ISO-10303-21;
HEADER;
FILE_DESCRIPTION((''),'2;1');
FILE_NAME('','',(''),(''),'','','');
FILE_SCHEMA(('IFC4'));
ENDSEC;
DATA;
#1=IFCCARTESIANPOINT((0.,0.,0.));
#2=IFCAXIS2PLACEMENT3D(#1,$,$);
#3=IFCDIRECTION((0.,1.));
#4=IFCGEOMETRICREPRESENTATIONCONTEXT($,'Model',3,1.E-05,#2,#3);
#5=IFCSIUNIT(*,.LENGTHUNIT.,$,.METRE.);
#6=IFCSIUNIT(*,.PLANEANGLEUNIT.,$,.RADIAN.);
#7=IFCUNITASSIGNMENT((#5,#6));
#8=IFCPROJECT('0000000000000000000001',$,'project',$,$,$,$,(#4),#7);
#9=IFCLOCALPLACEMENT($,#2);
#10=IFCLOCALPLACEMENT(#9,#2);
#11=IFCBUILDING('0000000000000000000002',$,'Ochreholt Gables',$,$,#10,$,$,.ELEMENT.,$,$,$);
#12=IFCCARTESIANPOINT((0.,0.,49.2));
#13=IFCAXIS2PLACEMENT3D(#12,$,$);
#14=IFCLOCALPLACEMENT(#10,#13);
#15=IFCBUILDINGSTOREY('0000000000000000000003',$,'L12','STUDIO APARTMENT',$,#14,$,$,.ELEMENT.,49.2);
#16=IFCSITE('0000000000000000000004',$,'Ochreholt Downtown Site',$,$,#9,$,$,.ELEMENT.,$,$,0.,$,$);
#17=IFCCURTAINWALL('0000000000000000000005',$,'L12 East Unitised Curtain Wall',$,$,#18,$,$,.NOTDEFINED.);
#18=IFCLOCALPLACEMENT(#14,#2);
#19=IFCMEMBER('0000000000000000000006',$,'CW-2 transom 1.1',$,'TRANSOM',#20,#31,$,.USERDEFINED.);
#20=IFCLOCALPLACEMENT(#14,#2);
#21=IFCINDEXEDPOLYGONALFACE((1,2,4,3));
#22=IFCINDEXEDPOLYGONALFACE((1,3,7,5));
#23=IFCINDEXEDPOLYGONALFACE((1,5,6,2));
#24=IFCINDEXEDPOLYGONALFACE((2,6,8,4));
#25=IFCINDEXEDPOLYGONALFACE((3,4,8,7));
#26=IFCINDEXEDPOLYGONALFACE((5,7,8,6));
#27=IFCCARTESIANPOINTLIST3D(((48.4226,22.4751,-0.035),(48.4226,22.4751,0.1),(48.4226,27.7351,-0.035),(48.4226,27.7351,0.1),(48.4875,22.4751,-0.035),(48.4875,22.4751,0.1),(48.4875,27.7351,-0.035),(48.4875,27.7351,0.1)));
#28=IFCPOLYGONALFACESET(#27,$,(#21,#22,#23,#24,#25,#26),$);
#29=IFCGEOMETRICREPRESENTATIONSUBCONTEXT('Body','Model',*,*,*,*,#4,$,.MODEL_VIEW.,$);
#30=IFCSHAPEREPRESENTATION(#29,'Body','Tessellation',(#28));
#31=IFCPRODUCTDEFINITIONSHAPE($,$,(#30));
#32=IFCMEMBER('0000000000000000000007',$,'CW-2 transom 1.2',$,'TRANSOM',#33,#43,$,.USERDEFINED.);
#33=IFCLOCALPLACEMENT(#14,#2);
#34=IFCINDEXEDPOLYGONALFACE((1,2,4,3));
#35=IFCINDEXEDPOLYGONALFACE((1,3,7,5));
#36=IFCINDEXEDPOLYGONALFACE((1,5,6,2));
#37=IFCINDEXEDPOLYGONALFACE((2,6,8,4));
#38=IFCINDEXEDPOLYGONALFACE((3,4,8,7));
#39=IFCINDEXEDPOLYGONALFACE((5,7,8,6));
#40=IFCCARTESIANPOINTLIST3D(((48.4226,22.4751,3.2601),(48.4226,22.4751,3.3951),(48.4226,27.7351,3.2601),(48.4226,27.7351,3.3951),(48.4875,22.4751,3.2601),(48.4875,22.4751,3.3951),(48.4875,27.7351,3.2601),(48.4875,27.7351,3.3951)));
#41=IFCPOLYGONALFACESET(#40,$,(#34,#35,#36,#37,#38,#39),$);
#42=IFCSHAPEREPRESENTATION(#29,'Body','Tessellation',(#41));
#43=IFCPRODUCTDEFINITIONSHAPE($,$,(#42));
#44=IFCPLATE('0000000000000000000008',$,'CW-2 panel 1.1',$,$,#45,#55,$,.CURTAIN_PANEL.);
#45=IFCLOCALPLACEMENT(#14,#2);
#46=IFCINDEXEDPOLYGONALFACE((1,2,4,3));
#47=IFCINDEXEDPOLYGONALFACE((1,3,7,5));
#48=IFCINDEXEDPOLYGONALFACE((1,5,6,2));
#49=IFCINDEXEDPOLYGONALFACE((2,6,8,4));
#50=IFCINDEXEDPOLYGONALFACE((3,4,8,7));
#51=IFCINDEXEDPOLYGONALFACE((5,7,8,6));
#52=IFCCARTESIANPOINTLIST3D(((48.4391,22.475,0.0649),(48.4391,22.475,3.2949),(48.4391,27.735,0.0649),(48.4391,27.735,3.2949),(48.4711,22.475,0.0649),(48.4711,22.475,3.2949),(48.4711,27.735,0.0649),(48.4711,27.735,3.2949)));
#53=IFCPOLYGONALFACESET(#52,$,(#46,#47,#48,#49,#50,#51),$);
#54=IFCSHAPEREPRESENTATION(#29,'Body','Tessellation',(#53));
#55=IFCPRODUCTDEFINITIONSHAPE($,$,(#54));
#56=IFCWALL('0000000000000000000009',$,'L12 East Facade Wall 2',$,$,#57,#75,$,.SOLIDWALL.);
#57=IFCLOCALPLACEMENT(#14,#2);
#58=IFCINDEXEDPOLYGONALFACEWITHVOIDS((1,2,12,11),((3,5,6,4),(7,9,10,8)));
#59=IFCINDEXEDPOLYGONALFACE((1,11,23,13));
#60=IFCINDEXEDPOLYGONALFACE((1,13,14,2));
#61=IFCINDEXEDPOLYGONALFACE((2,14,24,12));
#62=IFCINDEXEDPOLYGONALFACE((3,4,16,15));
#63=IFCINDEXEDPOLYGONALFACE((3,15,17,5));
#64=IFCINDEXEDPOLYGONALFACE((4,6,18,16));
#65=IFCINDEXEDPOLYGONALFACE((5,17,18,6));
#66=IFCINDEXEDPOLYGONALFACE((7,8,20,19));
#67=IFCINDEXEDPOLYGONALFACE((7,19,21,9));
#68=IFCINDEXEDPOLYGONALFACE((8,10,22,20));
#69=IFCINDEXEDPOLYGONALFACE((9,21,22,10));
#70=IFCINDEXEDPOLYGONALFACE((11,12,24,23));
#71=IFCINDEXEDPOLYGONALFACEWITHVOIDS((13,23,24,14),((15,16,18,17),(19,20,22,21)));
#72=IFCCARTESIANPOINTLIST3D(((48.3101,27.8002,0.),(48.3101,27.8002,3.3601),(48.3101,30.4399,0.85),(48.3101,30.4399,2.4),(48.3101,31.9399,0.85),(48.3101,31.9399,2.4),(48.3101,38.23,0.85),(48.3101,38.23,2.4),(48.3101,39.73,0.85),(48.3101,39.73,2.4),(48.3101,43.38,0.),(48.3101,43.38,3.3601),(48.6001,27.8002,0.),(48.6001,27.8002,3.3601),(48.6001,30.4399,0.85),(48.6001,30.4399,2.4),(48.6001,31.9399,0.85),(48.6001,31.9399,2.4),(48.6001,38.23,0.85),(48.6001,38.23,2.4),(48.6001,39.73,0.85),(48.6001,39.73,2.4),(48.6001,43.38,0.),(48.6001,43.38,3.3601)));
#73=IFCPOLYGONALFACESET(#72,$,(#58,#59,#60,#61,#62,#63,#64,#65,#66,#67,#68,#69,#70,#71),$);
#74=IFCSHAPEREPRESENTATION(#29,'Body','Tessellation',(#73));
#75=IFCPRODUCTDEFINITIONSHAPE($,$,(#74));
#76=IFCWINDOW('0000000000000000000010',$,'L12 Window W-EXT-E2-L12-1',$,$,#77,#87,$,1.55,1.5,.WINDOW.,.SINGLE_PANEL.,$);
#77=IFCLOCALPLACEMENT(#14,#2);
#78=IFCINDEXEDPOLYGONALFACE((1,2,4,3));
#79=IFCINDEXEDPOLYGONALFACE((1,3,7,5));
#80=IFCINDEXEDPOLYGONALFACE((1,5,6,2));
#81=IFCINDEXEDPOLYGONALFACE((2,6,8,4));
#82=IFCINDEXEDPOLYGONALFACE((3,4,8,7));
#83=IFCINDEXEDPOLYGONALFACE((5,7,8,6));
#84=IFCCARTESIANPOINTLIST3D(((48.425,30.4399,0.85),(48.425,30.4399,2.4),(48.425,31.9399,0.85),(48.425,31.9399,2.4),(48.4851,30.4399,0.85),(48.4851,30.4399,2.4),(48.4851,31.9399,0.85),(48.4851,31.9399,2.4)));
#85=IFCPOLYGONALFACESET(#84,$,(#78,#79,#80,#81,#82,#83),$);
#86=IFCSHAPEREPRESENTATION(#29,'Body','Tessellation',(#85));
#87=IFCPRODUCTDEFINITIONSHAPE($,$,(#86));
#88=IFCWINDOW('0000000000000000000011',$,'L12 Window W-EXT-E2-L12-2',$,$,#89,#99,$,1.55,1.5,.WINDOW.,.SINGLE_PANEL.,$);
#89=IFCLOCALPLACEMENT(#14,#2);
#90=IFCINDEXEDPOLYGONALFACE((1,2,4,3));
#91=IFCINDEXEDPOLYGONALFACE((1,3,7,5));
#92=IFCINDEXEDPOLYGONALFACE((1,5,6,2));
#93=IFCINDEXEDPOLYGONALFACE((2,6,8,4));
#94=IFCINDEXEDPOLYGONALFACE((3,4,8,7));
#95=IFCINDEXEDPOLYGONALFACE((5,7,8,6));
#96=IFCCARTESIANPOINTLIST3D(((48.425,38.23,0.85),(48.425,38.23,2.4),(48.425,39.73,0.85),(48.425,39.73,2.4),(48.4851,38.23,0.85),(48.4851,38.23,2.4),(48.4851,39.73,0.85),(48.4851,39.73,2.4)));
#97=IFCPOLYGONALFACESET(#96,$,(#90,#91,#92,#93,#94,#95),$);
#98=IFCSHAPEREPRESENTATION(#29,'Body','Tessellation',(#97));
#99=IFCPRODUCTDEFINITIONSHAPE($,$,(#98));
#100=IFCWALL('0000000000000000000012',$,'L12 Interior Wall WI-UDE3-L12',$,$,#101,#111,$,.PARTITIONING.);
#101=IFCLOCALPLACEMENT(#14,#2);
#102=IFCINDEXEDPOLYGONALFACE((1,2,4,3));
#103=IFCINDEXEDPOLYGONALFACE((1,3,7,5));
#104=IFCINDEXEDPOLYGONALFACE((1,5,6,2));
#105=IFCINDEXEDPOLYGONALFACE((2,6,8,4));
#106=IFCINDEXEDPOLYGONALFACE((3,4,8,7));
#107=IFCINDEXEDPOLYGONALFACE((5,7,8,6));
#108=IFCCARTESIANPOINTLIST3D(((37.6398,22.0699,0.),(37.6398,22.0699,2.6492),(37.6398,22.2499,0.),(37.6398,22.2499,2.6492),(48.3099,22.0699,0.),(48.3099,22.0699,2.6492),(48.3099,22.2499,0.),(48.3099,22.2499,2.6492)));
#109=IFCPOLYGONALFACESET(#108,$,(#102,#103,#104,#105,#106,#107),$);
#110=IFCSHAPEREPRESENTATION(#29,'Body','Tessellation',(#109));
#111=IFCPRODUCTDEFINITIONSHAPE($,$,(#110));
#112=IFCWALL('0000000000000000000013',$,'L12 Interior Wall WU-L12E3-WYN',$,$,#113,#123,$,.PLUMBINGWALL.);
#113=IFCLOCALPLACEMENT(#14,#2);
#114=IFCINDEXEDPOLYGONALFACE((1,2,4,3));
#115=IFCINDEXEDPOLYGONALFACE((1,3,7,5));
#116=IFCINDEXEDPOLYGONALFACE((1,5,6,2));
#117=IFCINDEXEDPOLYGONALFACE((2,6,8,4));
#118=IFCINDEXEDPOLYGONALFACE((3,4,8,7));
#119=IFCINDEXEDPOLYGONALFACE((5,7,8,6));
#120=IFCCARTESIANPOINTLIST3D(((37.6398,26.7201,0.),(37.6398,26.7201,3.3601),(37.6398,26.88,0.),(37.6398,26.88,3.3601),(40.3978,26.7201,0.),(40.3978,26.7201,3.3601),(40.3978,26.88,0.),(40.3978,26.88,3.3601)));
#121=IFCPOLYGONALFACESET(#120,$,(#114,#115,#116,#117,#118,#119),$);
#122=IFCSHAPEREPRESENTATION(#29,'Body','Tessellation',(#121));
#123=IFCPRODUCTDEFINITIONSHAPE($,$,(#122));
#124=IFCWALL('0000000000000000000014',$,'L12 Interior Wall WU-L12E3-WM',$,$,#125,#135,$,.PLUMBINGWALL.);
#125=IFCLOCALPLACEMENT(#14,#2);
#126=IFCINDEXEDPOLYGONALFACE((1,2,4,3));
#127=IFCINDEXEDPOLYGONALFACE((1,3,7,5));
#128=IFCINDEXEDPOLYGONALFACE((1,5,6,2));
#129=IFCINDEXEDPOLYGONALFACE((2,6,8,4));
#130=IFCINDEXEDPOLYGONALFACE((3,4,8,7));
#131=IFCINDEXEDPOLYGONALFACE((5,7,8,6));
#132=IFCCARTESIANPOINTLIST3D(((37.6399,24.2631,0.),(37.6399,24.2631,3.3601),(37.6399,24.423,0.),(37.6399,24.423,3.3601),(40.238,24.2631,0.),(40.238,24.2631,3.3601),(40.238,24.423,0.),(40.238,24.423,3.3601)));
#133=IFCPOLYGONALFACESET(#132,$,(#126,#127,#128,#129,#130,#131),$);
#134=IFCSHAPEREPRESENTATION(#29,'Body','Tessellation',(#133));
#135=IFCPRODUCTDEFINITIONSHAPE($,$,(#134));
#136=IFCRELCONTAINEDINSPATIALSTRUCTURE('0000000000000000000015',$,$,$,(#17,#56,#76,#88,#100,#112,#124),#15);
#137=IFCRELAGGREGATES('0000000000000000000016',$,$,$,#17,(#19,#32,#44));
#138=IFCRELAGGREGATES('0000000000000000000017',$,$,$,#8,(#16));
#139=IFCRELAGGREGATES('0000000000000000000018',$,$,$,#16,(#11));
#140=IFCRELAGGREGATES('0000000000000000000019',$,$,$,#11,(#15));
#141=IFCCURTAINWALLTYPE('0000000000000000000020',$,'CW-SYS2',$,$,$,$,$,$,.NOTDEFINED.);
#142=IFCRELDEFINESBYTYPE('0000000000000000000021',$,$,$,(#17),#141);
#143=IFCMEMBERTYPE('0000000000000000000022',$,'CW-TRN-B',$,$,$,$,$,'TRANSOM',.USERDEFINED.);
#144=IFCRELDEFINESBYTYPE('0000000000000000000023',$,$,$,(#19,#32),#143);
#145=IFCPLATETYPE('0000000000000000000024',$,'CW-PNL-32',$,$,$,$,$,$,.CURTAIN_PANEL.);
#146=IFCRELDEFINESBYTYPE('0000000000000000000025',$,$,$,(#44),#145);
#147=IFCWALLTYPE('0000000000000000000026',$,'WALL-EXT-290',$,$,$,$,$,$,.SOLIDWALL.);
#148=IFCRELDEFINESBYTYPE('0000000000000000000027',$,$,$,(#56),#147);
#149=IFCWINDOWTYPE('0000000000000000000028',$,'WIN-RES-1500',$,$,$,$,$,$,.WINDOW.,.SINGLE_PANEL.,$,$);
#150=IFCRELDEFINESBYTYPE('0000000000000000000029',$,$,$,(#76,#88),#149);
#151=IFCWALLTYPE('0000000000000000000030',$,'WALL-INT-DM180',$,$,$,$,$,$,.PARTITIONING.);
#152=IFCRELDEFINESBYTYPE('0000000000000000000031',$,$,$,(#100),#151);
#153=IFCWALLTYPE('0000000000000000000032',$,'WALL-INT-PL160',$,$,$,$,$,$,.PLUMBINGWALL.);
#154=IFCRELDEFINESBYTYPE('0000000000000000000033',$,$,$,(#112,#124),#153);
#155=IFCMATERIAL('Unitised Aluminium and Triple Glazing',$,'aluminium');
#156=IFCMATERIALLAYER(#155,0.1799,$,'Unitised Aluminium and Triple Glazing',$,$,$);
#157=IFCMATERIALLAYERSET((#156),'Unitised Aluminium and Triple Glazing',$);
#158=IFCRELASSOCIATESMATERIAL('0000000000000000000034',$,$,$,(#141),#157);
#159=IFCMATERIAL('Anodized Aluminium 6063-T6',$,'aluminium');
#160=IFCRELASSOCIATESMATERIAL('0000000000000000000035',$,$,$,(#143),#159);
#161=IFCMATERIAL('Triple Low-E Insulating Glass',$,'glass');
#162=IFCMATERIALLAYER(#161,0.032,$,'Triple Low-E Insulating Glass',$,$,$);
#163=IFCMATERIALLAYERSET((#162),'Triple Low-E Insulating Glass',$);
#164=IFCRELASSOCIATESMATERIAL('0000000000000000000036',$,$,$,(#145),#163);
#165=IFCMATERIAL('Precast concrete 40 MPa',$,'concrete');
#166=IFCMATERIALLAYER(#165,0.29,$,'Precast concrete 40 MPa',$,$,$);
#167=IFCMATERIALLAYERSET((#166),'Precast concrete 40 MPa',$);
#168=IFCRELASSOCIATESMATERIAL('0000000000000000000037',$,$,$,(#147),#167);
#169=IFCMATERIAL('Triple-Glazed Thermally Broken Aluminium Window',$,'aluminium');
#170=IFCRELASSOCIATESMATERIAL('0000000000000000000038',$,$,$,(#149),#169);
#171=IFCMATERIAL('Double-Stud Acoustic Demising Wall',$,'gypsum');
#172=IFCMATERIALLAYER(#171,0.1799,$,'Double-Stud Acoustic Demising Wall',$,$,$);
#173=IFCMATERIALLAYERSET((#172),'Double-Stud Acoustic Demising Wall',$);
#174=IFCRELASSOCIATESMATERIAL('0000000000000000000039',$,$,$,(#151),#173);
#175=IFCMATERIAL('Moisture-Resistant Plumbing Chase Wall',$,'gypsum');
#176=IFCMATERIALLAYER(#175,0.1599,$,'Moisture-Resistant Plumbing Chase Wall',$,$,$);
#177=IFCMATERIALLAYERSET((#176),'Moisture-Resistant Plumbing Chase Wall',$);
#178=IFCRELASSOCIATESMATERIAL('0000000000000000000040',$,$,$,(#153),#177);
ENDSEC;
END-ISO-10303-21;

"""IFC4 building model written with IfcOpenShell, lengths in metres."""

from ifc_helpers import new_model, si_unit, direction, frame, frame_2d, origin, origin_2d, place, context, subcontext, project, spatial, rectangle, extrude, material, layer, layer_set, material_profile, profile_set, type_object, element, fill, aggregate, save


model = new_model("IFC4")

# Units and contexts
model_context = context("Model", 3, precision=1e-05, world=origin(), true_north=direction((0.0, 1.0)))
body_context = subcontext(model_context, "Body", "Model", "MODEL_VIEW")
ifc_project = project(units=[si_unit("LENGTHUNIT", "METRE"), si_unit("PLANEANGLEUNIT", "RADIAN")], contexts=[model_context])

# Site, building, storey
site_placement = place(None, origin())
site = spatial("IfcSite", under=ifc_project, at=site_placement, Name="Ochreholt Downtown Site", CompositionType="ELEMENT", RefElevation=0.0)
building_placement = place(site_placement, origin())
building = spatial("IfcBuilding", under=site, at=building_placement, Name="Ochreholt Gables", CompositionType="ELEMENT")
storey_placement = place(building_placement, frame((0.0, 0.0, 49.2)))
storey = spatial("IfcBuildingStorey", under=building, at=storey_placement, Name="L12", Description="STUDIO APARTMENT", CompositionType="ELEMENT", Elevation=49.2)

# Curtain wall, members, plate
ifc_material_1 = material(Name="Unitised Aluminium and Triple Glazing", Category="aluminium")
ifc_layer_1 = layer(ifc_material_1, 0.1799, Name="Unitised Aluminium and Triple Glazing")
ifc_layer_set_1 = layer_set([ifc_layer_1], Name="Unitised Aluminium and Triple Glazing")
curtain_wall_type = type_object("IfcCurtainWallType", Name="CW-SYS2", PredefinedType="NOTDEFINED", material=ifc_layer_set_1)
curtain_wall_placement = place(storey_placement, origin())
curtain_wall = element("IfcCurtainWall", 1, at=curtain_wall_placement, inside=storey, type_object=curtain_wall_type, Name="L12 East Unitised Curtain Wall", PredefinedType="NOTDEFINED")
ifc_material_2 = material(Name="Anodized Aluminium 6063-T6", Category="aluminium")
ifc_material_profile_1 = material_profile(ifc_material_2, rectangle(XDim=0.0649, YDim=0.135, at=origin_2d()), Name="CWT65X135")
ifc_profile_set_1 = profile_set([ifc_material_profile_1], Name="Anodized Aluminium 6063-T6")
member_type_1 = type_object("IfcMemberType", Name="CW-TRN-B", ElementType="TRANSOM", PredefinedType="USERDEFINED", material=ifc_profile_set_1)
member_1_placement = place(storey_placement, frame((48.4551, 22.4751, 0.0325), z_axis=(0.0, 1.0, 0.0), x_axis=(-1.0, 0.0, 0.0)))
member_1 = element("IfcMember", 2, at=member_1_placement, type_object=member_type_1, Name="CW-2 transom 1.1", ObjectType="TRANSOM", PredefinedType="USERDEFINED", context=body_context, shape_type="SweptSolid", body=[
    extrude(rectangle(XDim=0.0649, YDim=0.135, at=origin_2d()), origin(), (0.0, 0.0, 1.0), 5.26),
])
member_2_placement = place(storey_placement, frame((48.4551, 22.4751, 3.3276), z_axis=(0.0, 1.0, 0.0), x_axis=(-1.0, 0.0, 0.0)))
member_2 = element("IfcMember", 3, at=member_2_placement, type_object=member_type_1, Name="CW-2 transom 1.2", ObjectType="TRANSOM", PredefinedType="USERDEFINED", context=body_context, shape_type="SweptSolid", body=[
    extrude(rectangle(XDim=0.0649, YDim=0.135, at=origin_2d()), origin(), (0.0, 0.0, 1.0), 5.26),
])
ifc_material_3 = material(Name="Triple Low-E Insulating Glass", Category="glass")
ifc_layer_2 = layer(ifc_material_3, 0.032, Name="Triple Low-E Insulating Glass")
ifc_layer_set_2 = layer_set([ifc_layer_2], Name="Triple Low-E Insulating Glass")
plate_type = type_object("IfcPlateType", Name="CW-PNL-32", PredefinedType="CURTAIN_PANEL", material=ifc_layer_set_2)
plate_placement = place(storey_placement, frame((48.4551, 25.105, 0.0649), z_axis=(0.0, 0.0, 1.0), x_axis=(0.0, 1.0, 0.0)))
plate = element("IfcPlate", 4, at=plate_placement, type_object=plate_type, Name="CW-2 panel 1.1", PredefinedType="CURTAIN_PANEL", context=body_context, shape_type="SweptSolid", body=[
    extrude(rectangle(XDim=5.26, YDim=0.032, at=origin_2d()), origin(), (0.0, 0.0, 1.0), 3.23),
])
aggregate(curtain_wall, [member_1, member_2, plate])

# Wall, openings, windows
ifc_material_4 = material(Name="Precast concrete 40 MPa", Category="concrete")
ifc_layer_3 = layer(ifc_material_4, 0.29, Name="Precast concrete 40 MPa")
ifc_layer_set_3 = layer_set([ifc_layer_3], Name="Precast concrete 40 MPa")
wall_type_1 = type_object("IfcWallType", Name="WALL-EXT-290", PredefinedType="SOLIDWALL", material=ifc_layer_set_3)
wall_1_placement = place(storey_placement, frame((48.4551, 27.8, 0.0), z_axis=(0.0, 0.0, 1.0), x_axis=(0.0, 1.0, 0.0)))
wall_1 = element("IfcWall", 5, at=wall_1_placement, inside=storey, type_object=wall_type_1, Name="L12 East Facade Wall 2", PredefinedType="SOLIDWALL", context=body_context, shape_type="SweptSolid", body=[
    extrude(rectangle(XDim=15.5798, YDim=0.29, at=frame_2d((7.79, 0.0))), origin(), (0.0, 0.0, 1.0), 3.3601),
])
opening_1_placement = place(wall_1_placement, frame((2.6399, 0.0, 0.8501)))
opening_1 = element("IfcOpeningElement", 6, at=opening_1_placement, cuts=wall_1, PredefinedType="OPENING", context=body_context, shape_type="SweptSolid", body=[
    extrude(rectangle(XDim=1.5, YDim=1.55, at=frame_2d((0.75, 0.7749))), frame((0.0, 0.155, 0.0), z_axis=(0.0, -1.0, 0.0), x_axis=(1.0, 0.0, 0.0)), (0.0, 0.0, 1.0), 0.3101),
])
opening_2_placement = place(wall_1_placement, frame((10.4299, 0.0, 0.8501)))
opening_2 = element("IfcOpeningElement", 7, at=opening_2_placement, cuts=wall_1, PredefinedType="OPENING", context=body_context, shape_type="SweptSolid", body=[
    extrude(rectangle(XDim=1.5, YDim=1.55, at=frame_2d((0.75, 0.7749))), frame((0.0, 0.155, 0.0), z_axis=(0.0, -1.0, 0.0), x_axis=(1.0, 0.0, 0.0)), (0.0, 0.0, 1.0), 0.3101),
])
ifc_material_5 = material(Name="Triple-Glazed Thermally Broken Aluminium Window", Category="aluminium")
window_type = type_object("IfcWindowType", Name="WIN-RES-1500", PartitioningType="SINGLE_PANEL", PredefinedType="WINDOW", material=ifc_material_5)
window_1_placement = place(opening_1_placement, origin())
window_1 = element("IfcWindow", 8, at=window_1_placement, inside=storey, type_object=window_type, Name="L12 Window W-EXT-E2-L12-1", OverallHeight=1.55, OverallWidth=1.5, PartitioningType="SINGLE_PANEL", PredefinedType="WINDOW", context=body_context, shape_type="SweptSolid", body=[
    extrude(rectangle(XDim=1.5, YDim=1.55, at=frame_2d((0.75, 0.7749))), frame((0.0, 0.03, 0.0), z_axis=(0.0, -1.0, 0.0), x_axis=(1.0, 0.0, 0.0)), (0.0, 0.0, 1.0), 0.0601),
])
fill(opening_1, window_1)
window_2_placement = place(opening_2_placement, origin())
window_2 = element("IfcWindow", 9, at=window_2_placement, inside=storey, type_object=window_type, Name="L12 Window W-EXT-E2-L12-2", OverallHeight=1.55, OverallWidth=1.5, PartitioningType="SINGLE_PANEL", PredefinedType="WINDOW", context=body_context, shape_type="SweptSolid", body=[
    extrude(rectangle(XDim=1.5, YDim=1.55, at=frame_2d((0.75, 0.7749))), frame((0.0, 0.03, 0.0), z_axis=(0.0, -1.0, 0.0), x_axis=(1.0, 0.0, 0.0)), (0.0, 0.0, 1.0), 0.0601),
])
fill(opening_2, window_2)

# Walls
ifc_material_6 = material(Name="Double-Stud Acoustic Demising Wall", Category="gypsum")
ifc_layer_4 = layer(ifc_material_6, 0.1799, Name="Double-Stud Acoustic Demising Wall")
ifc_layer_set_4 = layer_set([ifc_layer_4], Name="Double-Stud Acoustic Demising Wall")
wall_type_2 = type_object("IfcWallType", Name="WALL-INT-DM180", PredefinedType="PARTITIONING", material=ifc_layer_set_4)
wall_2_placement = place(storey_placement, frame((37.6399, 22.1599, 0.0), z_axis=(0.0, 0.0, 1.0), x_axis=(1.0, 0.0, 0.0)))
element("IfcWall", 10, at=wall_2_placement, inside=storey, type_object=wall_type_2, Name="L12 Interior Wall WI-UDE3-L12", PredefinedType="PARTITIONING", context=body_context, shape_type="SweptSolid", body=[
    extrude(rectangle(XDim=10.6702, YDim=0.1799, at=frame_2d((5.335, 0.0))), origin(), (0.0, 0.0, 1.0), 2.6492),
])
ifc_material_7 = material(Name="Moisture-Resistant Plumbing Chase Wall", Category="gypsum")
ifc_layer_5 = layer(ifc_material_7, 0.1599, Name="Moisture-Resistant Plumbing Chase Wall")
ifc_layer_set_5 = layer_set([ifc_layer_5], Name="Moisture-Resistant Plumbing Chase Wall")
wall_type_3 = type_object("IfcWallType", Name="WALL-INT-PL160", PredefinedType="PLUMBINGWALL", material=ifc_layer_set_5)
wall_3_placement = place(storey_placement, frame((37.6399, 26.8, 0.0), z_axis=(0.0, 0.0, 1.0), x_axis=(1.0, 0.0, 0.0)))
element("IfcWall", 11, at=wall_3_placement, inside=storey, type_object=wall_type_3, Name="L12 Interior Wall WU-L12E3-WYN", PredefinedType="PLUMBINGWALL", context=body_context, shape_type="SweptSolid", body=[
    extrude(rectangle(XDim=2.7581, YDim=0.1599, at=frame_2d((1.3789, 0.0))), origin(), (0.0, 0.0, 1.0), 3.3601),
])

# Wall
wall_4_placement = place(storey_placement, frame((37.6399, 24.343, 0.0), z_axis=(0.0, 0.0, 1.0), x_axis=(1.0, 0.0, 0.0)))
element("IfcWall", 12, at=wall_4_placement, inside=storey, type_object=wall_type_3, Name="L12 Interior Wall WU-L12E3-WM", PredefinedType="PLUMBINGWALL", context=body_context, shape_type="SweptSolid", body=[
    extrude(rectangle(XDim=2.5981, YDim=0.1599, at=frame_2d((1.2991, 0.0))), origin(), (0.0, 0.0, 1.0), 3.3601),
])

save(model, "model.ifc")
